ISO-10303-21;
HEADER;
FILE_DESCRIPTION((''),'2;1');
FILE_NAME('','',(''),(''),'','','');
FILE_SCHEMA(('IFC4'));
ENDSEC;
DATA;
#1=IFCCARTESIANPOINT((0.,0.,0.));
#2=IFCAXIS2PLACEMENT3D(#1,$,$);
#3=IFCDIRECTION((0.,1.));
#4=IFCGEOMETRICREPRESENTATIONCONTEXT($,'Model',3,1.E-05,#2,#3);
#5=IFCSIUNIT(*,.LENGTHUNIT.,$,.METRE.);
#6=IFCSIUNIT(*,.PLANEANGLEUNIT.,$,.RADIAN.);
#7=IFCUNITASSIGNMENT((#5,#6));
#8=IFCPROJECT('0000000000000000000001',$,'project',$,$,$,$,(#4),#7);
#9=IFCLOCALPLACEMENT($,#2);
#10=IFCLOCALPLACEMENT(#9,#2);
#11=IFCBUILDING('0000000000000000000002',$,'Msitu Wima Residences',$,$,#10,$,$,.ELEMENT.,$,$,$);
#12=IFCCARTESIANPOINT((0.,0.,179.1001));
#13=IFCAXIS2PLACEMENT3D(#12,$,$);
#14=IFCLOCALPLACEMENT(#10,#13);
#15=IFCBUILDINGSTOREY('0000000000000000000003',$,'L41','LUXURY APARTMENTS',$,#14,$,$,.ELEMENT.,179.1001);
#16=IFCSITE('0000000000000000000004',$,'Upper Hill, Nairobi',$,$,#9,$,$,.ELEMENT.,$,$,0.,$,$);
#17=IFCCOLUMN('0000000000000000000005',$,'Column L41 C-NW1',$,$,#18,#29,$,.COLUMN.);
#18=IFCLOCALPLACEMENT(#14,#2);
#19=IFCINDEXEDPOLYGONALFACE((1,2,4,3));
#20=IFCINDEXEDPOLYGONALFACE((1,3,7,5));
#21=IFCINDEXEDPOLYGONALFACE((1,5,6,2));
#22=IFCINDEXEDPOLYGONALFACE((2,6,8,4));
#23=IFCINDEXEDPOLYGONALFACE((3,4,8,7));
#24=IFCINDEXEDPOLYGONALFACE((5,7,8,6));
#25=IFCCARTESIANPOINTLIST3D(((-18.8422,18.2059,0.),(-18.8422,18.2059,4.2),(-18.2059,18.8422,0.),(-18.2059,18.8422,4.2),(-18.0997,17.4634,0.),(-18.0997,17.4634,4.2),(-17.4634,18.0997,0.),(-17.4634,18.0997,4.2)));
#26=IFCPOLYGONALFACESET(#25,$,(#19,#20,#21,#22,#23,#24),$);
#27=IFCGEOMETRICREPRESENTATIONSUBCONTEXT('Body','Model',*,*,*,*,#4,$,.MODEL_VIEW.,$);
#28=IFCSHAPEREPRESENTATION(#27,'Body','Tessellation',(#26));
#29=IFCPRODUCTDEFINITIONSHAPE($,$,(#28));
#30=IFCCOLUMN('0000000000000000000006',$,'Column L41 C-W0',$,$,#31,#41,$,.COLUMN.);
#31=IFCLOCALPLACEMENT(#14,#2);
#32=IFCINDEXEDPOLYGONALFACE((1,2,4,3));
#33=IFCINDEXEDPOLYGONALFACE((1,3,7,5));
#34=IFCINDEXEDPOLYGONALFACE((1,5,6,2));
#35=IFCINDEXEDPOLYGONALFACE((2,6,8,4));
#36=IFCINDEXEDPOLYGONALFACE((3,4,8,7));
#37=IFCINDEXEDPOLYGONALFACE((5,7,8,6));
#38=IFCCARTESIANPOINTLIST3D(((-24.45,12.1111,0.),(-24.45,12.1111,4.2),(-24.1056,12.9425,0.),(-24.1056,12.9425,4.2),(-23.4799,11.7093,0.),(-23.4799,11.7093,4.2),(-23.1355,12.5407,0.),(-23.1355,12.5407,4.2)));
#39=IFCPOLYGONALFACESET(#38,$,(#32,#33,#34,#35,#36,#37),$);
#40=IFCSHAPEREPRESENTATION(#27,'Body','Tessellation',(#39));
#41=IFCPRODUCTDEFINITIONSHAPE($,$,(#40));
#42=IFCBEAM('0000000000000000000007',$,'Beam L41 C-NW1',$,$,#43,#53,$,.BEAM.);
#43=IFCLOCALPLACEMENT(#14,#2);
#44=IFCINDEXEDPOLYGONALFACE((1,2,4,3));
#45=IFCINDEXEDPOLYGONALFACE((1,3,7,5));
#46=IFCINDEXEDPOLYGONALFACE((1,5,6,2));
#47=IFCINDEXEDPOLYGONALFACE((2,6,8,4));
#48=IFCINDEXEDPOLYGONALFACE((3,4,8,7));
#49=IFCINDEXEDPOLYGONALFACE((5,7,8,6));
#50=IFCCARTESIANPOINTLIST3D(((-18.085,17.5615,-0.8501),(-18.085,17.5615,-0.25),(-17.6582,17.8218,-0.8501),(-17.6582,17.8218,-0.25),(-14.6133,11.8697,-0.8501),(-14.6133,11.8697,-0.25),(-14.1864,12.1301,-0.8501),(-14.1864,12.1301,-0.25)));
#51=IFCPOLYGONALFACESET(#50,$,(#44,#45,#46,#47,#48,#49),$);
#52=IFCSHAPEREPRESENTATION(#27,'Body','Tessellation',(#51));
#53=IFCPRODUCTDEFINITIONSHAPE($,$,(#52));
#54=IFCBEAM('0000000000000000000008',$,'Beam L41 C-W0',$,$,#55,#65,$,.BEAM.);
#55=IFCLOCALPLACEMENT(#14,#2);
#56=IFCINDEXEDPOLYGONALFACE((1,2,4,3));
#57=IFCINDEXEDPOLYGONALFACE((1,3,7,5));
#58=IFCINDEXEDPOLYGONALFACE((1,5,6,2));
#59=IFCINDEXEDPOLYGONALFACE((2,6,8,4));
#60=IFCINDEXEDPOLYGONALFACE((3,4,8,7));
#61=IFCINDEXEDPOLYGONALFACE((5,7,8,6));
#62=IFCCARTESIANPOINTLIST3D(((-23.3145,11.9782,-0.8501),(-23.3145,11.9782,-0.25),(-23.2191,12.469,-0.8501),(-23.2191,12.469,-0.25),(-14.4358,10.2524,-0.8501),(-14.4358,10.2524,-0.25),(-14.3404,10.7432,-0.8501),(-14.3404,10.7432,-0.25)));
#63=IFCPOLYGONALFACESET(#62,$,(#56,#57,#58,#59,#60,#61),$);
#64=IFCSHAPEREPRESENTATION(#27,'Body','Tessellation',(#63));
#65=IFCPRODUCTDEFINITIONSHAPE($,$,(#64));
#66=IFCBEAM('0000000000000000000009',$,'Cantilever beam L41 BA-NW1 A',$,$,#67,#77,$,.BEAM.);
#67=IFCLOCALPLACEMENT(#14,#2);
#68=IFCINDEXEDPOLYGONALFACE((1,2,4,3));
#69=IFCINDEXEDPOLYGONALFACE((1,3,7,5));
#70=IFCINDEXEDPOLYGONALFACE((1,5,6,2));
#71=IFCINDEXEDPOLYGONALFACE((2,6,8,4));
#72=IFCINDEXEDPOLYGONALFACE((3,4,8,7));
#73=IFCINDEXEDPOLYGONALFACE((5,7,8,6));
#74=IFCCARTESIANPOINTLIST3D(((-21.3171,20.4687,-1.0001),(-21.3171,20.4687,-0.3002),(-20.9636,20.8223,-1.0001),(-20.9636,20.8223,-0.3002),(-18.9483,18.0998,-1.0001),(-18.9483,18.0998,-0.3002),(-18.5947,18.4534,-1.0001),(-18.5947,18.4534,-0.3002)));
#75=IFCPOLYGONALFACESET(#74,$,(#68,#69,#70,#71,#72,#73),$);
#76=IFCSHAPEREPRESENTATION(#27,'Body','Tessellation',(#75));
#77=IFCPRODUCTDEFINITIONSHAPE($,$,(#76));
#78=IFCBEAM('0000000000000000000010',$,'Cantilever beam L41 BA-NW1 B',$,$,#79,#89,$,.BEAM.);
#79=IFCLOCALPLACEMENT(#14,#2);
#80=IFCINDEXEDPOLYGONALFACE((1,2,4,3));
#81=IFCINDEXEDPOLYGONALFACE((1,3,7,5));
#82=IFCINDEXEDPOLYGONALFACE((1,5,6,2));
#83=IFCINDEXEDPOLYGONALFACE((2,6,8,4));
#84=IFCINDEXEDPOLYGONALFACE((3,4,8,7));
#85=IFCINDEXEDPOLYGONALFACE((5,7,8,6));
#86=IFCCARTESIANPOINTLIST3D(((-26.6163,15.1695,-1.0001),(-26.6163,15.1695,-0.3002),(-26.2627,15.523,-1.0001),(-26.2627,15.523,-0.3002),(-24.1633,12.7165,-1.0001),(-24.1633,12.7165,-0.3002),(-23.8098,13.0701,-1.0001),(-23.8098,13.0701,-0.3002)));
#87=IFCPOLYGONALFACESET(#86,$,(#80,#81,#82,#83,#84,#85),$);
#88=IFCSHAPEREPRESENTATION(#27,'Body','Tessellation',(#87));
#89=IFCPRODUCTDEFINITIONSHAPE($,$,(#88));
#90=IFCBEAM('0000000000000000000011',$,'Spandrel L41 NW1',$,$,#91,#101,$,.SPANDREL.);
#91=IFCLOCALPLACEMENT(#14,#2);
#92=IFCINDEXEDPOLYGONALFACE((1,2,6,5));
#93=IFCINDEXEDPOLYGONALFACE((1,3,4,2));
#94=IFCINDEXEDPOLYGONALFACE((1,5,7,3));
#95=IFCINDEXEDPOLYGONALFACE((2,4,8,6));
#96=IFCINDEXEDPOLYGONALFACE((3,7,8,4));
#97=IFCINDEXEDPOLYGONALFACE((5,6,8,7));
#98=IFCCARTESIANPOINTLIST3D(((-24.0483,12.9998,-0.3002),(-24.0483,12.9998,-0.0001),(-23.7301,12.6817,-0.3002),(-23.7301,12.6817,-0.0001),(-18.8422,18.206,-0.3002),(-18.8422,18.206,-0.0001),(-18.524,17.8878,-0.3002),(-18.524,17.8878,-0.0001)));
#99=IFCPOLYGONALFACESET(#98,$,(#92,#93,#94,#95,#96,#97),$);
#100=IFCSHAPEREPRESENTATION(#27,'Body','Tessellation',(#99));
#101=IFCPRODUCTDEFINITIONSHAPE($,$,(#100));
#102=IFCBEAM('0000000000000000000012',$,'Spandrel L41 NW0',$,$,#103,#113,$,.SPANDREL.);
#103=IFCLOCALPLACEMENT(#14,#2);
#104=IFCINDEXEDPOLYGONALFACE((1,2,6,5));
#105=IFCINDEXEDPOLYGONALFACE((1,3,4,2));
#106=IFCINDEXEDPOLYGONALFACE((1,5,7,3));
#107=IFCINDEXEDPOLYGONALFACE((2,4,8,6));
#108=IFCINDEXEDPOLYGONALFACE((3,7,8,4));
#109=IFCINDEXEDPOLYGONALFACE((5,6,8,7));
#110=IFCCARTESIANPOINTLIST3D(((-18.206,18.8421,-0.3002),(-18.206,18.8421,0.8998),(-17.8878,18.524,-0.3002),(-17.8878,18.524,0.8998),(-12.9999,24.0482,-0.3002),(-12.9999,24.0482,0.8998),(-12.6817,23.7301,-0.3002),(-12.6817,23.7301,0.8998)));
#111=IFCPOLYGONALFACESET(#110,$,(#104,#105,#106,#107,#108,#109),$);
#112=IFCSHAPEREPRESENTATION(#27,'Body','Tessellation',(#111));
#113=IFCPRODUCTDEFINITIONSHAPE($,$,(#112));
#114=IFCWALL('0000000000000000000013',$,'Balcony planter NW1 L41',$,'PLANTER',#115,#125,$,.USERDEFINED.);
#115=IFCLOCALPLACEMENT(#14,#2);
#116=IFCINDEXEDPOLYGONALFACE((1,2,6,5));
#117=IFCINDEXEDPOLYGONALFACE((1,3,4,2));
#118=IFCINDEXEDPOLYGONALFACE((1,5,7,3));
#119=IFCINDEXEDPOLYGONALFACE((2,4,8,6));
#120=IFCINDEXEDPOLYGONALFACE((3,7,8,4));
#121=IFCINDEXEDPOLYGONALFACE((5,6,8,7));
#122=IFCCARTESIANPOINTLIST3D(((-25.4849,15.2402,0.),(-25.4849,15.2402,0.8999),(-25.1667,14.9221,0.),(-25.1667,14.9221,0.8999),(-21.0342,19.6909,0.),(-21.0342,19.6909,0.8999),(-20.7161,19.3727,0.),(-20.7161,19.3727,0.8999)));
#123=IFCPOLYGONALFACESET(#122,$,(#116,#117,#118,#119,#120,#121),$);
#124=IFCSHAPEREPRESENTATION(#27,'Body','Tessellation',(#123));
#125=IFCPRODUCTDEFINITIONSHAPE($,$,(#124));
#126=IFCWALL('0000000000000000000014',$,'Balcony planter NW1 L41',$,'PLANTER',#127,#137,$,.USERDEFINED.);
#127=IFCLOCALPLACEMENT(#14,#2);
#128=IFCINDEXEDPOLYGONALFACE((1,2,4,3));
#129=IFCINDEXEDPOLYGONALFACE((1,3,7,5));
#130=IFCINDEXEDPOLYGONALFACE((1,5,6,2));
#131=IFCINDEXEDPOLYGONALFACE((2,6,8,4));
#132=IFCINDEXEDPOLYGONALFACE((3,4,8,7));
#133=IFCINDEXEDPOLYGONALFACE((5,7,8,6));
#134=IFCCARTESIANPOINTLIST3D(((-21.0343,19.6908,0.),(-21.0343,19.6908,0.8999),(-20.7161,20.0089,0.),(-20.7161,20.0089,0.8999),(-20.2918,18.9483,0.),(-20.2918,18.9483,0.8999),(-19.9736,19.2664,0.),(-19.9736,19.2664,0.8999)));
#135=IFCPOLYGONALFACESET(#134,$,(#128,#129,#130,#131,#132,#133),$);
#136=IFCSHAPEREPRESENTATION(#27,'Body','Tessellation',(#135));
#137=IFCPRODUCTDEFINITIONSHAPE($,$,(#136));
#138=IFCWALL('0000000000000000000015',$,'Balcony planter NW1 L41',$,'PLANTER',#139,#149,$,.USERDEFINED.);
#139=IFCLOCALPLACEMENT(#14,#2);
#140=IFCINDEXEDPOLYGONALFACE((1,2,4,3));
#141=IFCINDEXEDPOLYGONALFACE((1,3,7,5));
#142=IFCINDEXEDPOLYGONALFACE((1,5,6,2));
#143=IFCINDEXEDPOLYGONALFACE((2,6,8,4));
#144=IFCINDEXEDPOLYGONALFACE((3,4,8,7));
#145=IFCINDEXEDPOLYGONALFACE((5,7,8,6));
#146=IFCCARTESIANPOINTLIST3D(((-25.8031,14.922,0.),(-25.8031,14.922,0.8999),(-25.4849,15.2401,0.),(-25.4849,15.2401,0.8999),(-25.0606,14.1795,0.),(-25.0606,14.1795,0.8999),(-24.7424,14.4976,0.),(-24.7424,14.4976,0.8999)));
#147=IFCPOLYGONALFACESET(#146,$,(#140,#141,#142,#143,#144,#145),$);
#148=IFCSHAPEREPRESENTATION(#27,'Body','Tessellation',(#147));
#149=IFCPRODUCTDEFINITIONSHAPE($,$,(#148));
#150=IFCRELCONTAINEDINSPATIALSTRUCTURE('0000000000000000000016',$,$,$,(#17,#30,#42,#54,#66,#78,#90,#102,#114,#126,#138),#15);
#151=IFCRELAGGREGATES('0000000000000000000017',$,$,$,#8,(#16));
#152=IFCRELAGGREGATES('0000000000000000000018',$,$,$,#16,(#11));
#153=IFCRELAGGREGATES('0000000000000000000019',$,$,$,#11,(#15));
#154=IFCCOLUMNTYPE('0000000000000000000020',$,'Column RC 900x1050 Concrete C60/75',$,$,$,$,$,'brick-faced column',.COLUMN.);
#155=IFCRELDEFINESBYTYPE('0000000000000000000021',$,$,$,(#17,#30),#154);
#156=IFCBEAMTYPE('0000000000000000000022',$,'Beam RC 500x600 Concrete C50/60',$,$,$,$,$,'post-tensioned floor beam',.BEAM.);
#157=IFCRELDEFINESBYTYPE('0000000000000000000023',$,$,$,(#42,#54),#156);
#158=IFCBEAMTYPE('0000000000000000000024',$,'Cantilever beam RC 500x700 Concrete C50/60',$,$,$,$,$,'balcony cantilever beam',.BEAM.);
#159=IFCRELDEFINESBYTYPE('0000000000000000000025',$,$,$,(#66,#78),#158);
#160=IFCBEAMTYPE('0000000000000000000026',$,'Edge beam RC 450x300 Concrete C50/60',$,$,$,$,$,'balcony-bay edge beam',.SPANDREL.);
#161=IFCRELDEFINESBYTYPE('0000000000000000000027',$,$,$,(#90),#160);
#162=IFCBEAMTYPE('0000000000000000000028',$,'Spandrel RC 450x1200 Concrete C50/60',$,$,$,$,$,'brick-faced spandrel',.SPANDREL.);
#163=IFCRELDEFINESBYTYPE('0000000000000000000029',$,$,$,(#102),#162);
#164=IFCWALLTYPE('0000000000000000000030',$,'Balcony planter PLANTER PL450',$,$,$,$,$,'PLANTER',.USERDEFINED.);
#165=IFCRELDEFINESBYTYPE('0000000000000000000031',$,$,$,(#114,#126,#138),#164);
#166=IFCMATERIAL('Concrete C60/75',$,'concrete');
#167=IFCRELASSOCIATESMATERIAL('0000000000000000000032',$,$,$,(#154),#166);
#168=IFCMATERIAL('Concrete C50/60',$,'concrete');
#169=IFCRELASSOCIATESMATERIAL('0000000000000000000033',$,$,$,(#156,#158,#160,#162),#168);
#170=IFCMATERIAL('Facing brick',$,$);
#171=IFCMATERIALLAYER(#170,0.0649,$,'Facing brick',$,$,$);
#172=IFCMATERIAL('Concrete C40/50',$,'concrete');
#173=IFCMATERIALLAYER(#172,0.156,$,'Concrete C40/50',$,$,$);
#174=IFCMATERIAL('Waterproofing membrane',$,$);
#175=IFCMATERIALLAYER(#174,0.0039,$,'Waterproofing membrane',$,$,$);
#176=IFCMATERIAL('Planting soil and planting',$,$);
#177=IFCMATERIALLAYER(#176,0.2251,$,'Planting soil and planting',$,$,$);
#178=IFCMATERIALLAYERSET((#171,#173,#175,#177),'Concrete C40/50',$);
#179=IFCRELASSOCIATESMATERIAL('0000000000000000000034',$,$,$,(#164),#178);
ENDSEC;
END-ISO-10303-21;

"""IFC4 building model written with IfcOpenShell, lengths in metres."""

from ifc_helpers import new_model, si_unit, direction, frame, frame_2d, origin, origin_2d, place, context, subcontext, project, spatial, rectangle, extrude, material, layer, layer_set, material_profile, profile_set, type_object, element, save


model = new_model("IFC4")

# Units and contexts
model_context = context("Model", 3, precision=1e-05, world=origin(), true_north=direction((0.0, 1.0)))
body_context = subcontext(model_context, "Body", "Model", "MODEL_VIEW")
ifc_project = project(units=[si_unit("LENGTHUNIT", "METRE"), si_unit("PLANEANGLEUNIT", "RADIAN")], contexts=[model_context])

# Site, building, storey
site_placement = place(None, origin())
site = spatial("IfcSite", under=ifc_project, at=site_placement, Name="Upper Hill, Nairobi", CompositionType="ELEMENT", RefElevation=0.0)
building_placement = place(site_placement, origin())
building = spatial("IfcBuilding", under=site, at=building_placement, Name="Msitu Wima Residences", CompositionType="ELEMENT")
storey_placement = place(building_placement, frame((0.0, 0.0, 179.1001)))
storey = spatial("IfcBuildingStorey", under=building, at=storey_placement, Name="L41", Description="LUXURY APARTMENTS", CompositionType="ELEMENT", Elevation=179.1001)

# Columns
ifc_material_1 = material(Name="Concrete C60/75", Category="concrete")
ifc_material_profile_1 = material_profile(ifc_material_1, rectangle(XDim=0.8999, YDim=1.05, at=origin_2d()), Name="RC 900x1050")
ifc_profile_set_1 = profile_set([ifc_material_profile_1], Name="Concrete C60/75")
column_type = type_object("IfcColumnType", Name="Column RC 900x1050 Concrete C60/75", ElementType="brick-faced column", PredefinedType="COLUMN", material=ifc_profile_set_1)
for number, where, z_axis, x_axis, name in (
    (1, (-18.1528, 18.1528, 0.0), (0.0, 0.0, 1.0), (-0.707107, -0.707107, 0.0), "Column L41 C-NW1"),
    (2, (-23.7927, 12.3259, 0.0), (0.0, 0.0, 1.0), (-0.382683, -0.92388, 0.0), "Column L41 C-W0"),
):
    element("IfcColumn", number, at=place(storey_placement, frame(where, z_axis=z_axis, x_axis=x_axis)), inside=storey, type_object=column_type, Name=name, PredefinedType="COLUMN", context=body_context, shape_type="SweptSolid", body=[
        extrude(rectangle(XDim=0.8999, YDim=1.05, at=origin_2d()), origin(), (0.0, 0.0, 1.0), 4.2),
    ])

# Beams
ifc_material_2 = material(Name="Concrete C50/60", Category="concrete")
ifc_material_profile_2 = material_profile(ifc_material_2, rectangle(XDim=0.5, YDim=0.6001, at=origin_2d()), Name="RC 500x600")
ifc_profile_set_2 = profile_set([ifc_material_profile_2], Name="Concrete C50/60")
beam_type_1 = type_object("IfcBeamType", Name="Beam RC 500x600 Concrete C50/60", ElementType="post-tensioned floor beam", PredefinedType="BEAM", material=ifc_profile_set_2)
beam_1_placement = place(storey_placement, frame((-17.8716, 17.6917, -0.55), z_axis=(0.520734, -0.853719, 0.0), x_axis=(0.853719, 0.520734, 0.0)))
element("IfcBeam", 3, at=beam_1_placement, inside=storey, type_object=beam_type_1, Name="Beam L41 C-NW1", PredefinedType="BEAM", context=body_context, shape_type="SweptSolid", body=[
    extrude(rectangle(XDim=0.5, YDim=0.6001, at=origin_2d()), origin(), (0.0, 0.0, 1.0), 6.667),
])
beam_2_placement = place(storey_placement, frame((-23.2668, 12.2236, -0.55), z_axis=(0.981627, -0.190808, 0.0), x_axis=(0.190808, 0.981627, 0.0)))
element("IfcBeam", 4, at=beam_2_placement, inside=storey, type_object=beam_type_1, Name="Beam L41 C-W0", PredefinedType="BEAM", context=body_context, shape_type="SweptSolid", body=[
    extrude(rectangle(XDim=0.5, YDim=0.6001, at=origin_2d()), origin(), (0.0, 0.0, 1.0), 9.0449),
])
ifc_material_profile_3 = material_profile(ifc_material_2, rectangle(XDim=0.5, YDim=0.7, at=origin_2d()), Name="RC 500x700")
ifc_profile_set_3 = profile_set([ifc_material_profile_3], Name="Concrete C50/60")
beam_type_2 = type_object("IfcBeamType", Name="Cantilever beam RC 500x700 Concrete C50/60", ElementType="balcony cantilever beam", PredefinedType="BEAM", material=ifc_profile_set_3)
beam_3_placement = place(storey_placement, frame((-18.7715, 18.2766, -0.6501), z_axis=(-0.707107, 0.707107, 0.0), x_axis=(-0.707107, -0.707107, 0.0)))
element("IfcBeam", 5, at=beam_3_placement, inside=storey, type_object=beam_type_2, Name="Cantilever beam L41 BA-NW1 A", PredefinedType="BEAM", context=body_context, shape_type="SweptSolid", body=[
    extrude(rectangle(XDim=0.5, YDim=0.7, at=origin_2d()), origin(), (0.0, 0.0, 1.0), 3.3501),
])
beam_4_placement = place(storey_placement, frame((-23.9866, 12.8933, -0.6501), z_axis=(-0.707107, 0.707107, 0.0), x_axis=(-0.707107, -0.707107, 0.0)))
element("IfcBeam", 6, at=beam_4_placement, inside=storey, type_object=beam_type_2, Name="Cantilever beam L41 BA-NW1 B", PredefinedType="BEAM", context=body_context, shape_type="SweptSolid", body=[
    extrude(rectangle(XDim=0.5, YDim=0.7, at=origin_2d()), origin(), (0.0, 0.0, 1.0), 3.469),
])
ifc_material_profile_4 = material_profile(ifc_material_2, rectangle(XDim=0.45, YDim=0.3, at=origin_2d()), Name="RC 450x300")
ifc_profile_set_4 = profile_set([ifc_material_profile_4], Name="Concrete C50/60")
beam_type_3 = type_object("IfcBeamType", Name="Edge beam RC 450x300 Concrete C50/60", ElementType="balcony-bay edge beam", PredefinedType="SPANDREL", material=ifc_profile_set_4)
beam_5_placement = place(storey_placement, frame((-18.6831, 18.0469, -0.1501), z_axis=(-0.707107, -0.707107, 0.0), x_axis=(0.707107, -0.707107, 0.0)))
element("IfcBeam", 7, at=beam_5_placement, inside=storey, type_object=beam_type_3, Name="Spandrel L41 NW1", PredefinedType="SPANDREL", context=body_context, shape_type="SweptSolid", body=[
    extrude(rectangle(XDim=0.45, YDim=0.3, at=origin_2d()), origin(), (0.0, 0.0, 1.0), 7.3625),
])
ifc_material_profile_5 = material_profile(ifc_material_2, rectangle(XDim=0.45, YDim=1.2, at=origin_2d()), Name="RC 450x1200")
ifc_profile_set_5 = profile_set([ifc_material_profile_5], Name="Concrete C50/60")
beam_type_4 = type_object("IfcBeamType", Name="Spandrel RC 450x1200 Concrete C50/60", ElementType="brick-faced spandrel", PredefinedType="SPANDREL", material=ifc_profile_set_5)
beam_6_placement = place(storey_placement, frame((-12.8408, 23.8892, 0.2998), z_axis=(-0.707107, -0.707107, 0.0), x_axis=(0.707107, -0.707107, 0.0)))
element("IfcBeam", 8, at=beam_6_placement, inside=storey, type_object=beam_type_4, Name="Spandrel L41 NW0", PredefinedType="SPANDREL", context=body_context, shape_type="SweptSolid", body=[
    extrude(rectangle(XDim=0.45, YDim=1.2, at=origin_2d()), origin(), (0.0, 0.0, 1.0), 7.3625),
])

# Walls
ifc_material_3 = material(Name="Facing brick")
ifc_layer_1 = layer(ifc_material_3, 0.0649, Name="Facing brick")
ifc_material_4 = material(Name="Concrete C40/50", Category="concrete")
ifc_layer_2 = layer(ifc_material_4, 0.156, Name="Concrete C40/50")
ifc_material_5 = material(Name="Waterproofing membrane")
ifc_layer_3 = layer(ifc_material_5, 0.0039, Name="Waterproofing membrane")
ifc_material_6 = material(Name="Planting soil and planting")
ifc_layer_4 = layer(ifc_material_6, 0.2251, Name="Planting soil and planting")
ifc_layer_set_1 = layer_set([ifc_layer_1, ifc_layer_2, ifc_layer_3, ifc_layer_4], Name="Concrete C40/50")
wall_type_1 = type_object("IfcWallType", Name="Balcony planter PLANTER PL450", ElementType="PLANTER", PredefinedType="USERDEFINED", material=ifc_layer_set_1)
wall_1_placement = place(storey_placement, frame((-20.8752, 19.5317, 0.0), z_axis=(0.0, 0.0, 1.0), x_axis=(-0.707107, -0.707107, 0.0)))
element("IfcWall", 9, at=wall_1_placement, inside=storey, type_object=wall_type_1, Name="Balcony planter NW1 L41", ObjectType="PLANTER", PredefinedType="USERDEFINED", context=body_context, shape_type="SweptSolid", body=[
    extrude(rectangle(XDim=6.2942, YDim=0.45, at=frame_2d((3.147, 0.0))), origin(), (0.0, 0.0, 1.0), 0.8999),
])
for number, where, z_axis, x_axis, name in (
    (10, (-20.1328, 19.1074, 0.0), (0.0, 0.0, 1.0), (-0.707107, 0.707107, 0.0), "Balcony planter NW1 L41"),
    (11, (-24.9016, 14.3386, 0.0), (0.0, 0.0, 1.0), (-0.707107, 0.707107, 0.0), "Balcony planter NW1 L41"),
):
    element("IfcWall", number, at=place(storey_placement, frame(where, z_axis=z_axis, x_axis=x_axis)), inside=storey, type_object=wall_type_1, Name=name, ObjectType="PLANTER", PredefinedType="USERDEFINED", context=body_context, shape_type="SweptSolid", body=[
        extrude(rectangle(XDim=1.05, YDim=0.45, at=frame_2d((0.5249, 0.0))), origin(), (0.0, 0.0, 1.0), 0.8999),
    ])

save(model, "model.ifc")
